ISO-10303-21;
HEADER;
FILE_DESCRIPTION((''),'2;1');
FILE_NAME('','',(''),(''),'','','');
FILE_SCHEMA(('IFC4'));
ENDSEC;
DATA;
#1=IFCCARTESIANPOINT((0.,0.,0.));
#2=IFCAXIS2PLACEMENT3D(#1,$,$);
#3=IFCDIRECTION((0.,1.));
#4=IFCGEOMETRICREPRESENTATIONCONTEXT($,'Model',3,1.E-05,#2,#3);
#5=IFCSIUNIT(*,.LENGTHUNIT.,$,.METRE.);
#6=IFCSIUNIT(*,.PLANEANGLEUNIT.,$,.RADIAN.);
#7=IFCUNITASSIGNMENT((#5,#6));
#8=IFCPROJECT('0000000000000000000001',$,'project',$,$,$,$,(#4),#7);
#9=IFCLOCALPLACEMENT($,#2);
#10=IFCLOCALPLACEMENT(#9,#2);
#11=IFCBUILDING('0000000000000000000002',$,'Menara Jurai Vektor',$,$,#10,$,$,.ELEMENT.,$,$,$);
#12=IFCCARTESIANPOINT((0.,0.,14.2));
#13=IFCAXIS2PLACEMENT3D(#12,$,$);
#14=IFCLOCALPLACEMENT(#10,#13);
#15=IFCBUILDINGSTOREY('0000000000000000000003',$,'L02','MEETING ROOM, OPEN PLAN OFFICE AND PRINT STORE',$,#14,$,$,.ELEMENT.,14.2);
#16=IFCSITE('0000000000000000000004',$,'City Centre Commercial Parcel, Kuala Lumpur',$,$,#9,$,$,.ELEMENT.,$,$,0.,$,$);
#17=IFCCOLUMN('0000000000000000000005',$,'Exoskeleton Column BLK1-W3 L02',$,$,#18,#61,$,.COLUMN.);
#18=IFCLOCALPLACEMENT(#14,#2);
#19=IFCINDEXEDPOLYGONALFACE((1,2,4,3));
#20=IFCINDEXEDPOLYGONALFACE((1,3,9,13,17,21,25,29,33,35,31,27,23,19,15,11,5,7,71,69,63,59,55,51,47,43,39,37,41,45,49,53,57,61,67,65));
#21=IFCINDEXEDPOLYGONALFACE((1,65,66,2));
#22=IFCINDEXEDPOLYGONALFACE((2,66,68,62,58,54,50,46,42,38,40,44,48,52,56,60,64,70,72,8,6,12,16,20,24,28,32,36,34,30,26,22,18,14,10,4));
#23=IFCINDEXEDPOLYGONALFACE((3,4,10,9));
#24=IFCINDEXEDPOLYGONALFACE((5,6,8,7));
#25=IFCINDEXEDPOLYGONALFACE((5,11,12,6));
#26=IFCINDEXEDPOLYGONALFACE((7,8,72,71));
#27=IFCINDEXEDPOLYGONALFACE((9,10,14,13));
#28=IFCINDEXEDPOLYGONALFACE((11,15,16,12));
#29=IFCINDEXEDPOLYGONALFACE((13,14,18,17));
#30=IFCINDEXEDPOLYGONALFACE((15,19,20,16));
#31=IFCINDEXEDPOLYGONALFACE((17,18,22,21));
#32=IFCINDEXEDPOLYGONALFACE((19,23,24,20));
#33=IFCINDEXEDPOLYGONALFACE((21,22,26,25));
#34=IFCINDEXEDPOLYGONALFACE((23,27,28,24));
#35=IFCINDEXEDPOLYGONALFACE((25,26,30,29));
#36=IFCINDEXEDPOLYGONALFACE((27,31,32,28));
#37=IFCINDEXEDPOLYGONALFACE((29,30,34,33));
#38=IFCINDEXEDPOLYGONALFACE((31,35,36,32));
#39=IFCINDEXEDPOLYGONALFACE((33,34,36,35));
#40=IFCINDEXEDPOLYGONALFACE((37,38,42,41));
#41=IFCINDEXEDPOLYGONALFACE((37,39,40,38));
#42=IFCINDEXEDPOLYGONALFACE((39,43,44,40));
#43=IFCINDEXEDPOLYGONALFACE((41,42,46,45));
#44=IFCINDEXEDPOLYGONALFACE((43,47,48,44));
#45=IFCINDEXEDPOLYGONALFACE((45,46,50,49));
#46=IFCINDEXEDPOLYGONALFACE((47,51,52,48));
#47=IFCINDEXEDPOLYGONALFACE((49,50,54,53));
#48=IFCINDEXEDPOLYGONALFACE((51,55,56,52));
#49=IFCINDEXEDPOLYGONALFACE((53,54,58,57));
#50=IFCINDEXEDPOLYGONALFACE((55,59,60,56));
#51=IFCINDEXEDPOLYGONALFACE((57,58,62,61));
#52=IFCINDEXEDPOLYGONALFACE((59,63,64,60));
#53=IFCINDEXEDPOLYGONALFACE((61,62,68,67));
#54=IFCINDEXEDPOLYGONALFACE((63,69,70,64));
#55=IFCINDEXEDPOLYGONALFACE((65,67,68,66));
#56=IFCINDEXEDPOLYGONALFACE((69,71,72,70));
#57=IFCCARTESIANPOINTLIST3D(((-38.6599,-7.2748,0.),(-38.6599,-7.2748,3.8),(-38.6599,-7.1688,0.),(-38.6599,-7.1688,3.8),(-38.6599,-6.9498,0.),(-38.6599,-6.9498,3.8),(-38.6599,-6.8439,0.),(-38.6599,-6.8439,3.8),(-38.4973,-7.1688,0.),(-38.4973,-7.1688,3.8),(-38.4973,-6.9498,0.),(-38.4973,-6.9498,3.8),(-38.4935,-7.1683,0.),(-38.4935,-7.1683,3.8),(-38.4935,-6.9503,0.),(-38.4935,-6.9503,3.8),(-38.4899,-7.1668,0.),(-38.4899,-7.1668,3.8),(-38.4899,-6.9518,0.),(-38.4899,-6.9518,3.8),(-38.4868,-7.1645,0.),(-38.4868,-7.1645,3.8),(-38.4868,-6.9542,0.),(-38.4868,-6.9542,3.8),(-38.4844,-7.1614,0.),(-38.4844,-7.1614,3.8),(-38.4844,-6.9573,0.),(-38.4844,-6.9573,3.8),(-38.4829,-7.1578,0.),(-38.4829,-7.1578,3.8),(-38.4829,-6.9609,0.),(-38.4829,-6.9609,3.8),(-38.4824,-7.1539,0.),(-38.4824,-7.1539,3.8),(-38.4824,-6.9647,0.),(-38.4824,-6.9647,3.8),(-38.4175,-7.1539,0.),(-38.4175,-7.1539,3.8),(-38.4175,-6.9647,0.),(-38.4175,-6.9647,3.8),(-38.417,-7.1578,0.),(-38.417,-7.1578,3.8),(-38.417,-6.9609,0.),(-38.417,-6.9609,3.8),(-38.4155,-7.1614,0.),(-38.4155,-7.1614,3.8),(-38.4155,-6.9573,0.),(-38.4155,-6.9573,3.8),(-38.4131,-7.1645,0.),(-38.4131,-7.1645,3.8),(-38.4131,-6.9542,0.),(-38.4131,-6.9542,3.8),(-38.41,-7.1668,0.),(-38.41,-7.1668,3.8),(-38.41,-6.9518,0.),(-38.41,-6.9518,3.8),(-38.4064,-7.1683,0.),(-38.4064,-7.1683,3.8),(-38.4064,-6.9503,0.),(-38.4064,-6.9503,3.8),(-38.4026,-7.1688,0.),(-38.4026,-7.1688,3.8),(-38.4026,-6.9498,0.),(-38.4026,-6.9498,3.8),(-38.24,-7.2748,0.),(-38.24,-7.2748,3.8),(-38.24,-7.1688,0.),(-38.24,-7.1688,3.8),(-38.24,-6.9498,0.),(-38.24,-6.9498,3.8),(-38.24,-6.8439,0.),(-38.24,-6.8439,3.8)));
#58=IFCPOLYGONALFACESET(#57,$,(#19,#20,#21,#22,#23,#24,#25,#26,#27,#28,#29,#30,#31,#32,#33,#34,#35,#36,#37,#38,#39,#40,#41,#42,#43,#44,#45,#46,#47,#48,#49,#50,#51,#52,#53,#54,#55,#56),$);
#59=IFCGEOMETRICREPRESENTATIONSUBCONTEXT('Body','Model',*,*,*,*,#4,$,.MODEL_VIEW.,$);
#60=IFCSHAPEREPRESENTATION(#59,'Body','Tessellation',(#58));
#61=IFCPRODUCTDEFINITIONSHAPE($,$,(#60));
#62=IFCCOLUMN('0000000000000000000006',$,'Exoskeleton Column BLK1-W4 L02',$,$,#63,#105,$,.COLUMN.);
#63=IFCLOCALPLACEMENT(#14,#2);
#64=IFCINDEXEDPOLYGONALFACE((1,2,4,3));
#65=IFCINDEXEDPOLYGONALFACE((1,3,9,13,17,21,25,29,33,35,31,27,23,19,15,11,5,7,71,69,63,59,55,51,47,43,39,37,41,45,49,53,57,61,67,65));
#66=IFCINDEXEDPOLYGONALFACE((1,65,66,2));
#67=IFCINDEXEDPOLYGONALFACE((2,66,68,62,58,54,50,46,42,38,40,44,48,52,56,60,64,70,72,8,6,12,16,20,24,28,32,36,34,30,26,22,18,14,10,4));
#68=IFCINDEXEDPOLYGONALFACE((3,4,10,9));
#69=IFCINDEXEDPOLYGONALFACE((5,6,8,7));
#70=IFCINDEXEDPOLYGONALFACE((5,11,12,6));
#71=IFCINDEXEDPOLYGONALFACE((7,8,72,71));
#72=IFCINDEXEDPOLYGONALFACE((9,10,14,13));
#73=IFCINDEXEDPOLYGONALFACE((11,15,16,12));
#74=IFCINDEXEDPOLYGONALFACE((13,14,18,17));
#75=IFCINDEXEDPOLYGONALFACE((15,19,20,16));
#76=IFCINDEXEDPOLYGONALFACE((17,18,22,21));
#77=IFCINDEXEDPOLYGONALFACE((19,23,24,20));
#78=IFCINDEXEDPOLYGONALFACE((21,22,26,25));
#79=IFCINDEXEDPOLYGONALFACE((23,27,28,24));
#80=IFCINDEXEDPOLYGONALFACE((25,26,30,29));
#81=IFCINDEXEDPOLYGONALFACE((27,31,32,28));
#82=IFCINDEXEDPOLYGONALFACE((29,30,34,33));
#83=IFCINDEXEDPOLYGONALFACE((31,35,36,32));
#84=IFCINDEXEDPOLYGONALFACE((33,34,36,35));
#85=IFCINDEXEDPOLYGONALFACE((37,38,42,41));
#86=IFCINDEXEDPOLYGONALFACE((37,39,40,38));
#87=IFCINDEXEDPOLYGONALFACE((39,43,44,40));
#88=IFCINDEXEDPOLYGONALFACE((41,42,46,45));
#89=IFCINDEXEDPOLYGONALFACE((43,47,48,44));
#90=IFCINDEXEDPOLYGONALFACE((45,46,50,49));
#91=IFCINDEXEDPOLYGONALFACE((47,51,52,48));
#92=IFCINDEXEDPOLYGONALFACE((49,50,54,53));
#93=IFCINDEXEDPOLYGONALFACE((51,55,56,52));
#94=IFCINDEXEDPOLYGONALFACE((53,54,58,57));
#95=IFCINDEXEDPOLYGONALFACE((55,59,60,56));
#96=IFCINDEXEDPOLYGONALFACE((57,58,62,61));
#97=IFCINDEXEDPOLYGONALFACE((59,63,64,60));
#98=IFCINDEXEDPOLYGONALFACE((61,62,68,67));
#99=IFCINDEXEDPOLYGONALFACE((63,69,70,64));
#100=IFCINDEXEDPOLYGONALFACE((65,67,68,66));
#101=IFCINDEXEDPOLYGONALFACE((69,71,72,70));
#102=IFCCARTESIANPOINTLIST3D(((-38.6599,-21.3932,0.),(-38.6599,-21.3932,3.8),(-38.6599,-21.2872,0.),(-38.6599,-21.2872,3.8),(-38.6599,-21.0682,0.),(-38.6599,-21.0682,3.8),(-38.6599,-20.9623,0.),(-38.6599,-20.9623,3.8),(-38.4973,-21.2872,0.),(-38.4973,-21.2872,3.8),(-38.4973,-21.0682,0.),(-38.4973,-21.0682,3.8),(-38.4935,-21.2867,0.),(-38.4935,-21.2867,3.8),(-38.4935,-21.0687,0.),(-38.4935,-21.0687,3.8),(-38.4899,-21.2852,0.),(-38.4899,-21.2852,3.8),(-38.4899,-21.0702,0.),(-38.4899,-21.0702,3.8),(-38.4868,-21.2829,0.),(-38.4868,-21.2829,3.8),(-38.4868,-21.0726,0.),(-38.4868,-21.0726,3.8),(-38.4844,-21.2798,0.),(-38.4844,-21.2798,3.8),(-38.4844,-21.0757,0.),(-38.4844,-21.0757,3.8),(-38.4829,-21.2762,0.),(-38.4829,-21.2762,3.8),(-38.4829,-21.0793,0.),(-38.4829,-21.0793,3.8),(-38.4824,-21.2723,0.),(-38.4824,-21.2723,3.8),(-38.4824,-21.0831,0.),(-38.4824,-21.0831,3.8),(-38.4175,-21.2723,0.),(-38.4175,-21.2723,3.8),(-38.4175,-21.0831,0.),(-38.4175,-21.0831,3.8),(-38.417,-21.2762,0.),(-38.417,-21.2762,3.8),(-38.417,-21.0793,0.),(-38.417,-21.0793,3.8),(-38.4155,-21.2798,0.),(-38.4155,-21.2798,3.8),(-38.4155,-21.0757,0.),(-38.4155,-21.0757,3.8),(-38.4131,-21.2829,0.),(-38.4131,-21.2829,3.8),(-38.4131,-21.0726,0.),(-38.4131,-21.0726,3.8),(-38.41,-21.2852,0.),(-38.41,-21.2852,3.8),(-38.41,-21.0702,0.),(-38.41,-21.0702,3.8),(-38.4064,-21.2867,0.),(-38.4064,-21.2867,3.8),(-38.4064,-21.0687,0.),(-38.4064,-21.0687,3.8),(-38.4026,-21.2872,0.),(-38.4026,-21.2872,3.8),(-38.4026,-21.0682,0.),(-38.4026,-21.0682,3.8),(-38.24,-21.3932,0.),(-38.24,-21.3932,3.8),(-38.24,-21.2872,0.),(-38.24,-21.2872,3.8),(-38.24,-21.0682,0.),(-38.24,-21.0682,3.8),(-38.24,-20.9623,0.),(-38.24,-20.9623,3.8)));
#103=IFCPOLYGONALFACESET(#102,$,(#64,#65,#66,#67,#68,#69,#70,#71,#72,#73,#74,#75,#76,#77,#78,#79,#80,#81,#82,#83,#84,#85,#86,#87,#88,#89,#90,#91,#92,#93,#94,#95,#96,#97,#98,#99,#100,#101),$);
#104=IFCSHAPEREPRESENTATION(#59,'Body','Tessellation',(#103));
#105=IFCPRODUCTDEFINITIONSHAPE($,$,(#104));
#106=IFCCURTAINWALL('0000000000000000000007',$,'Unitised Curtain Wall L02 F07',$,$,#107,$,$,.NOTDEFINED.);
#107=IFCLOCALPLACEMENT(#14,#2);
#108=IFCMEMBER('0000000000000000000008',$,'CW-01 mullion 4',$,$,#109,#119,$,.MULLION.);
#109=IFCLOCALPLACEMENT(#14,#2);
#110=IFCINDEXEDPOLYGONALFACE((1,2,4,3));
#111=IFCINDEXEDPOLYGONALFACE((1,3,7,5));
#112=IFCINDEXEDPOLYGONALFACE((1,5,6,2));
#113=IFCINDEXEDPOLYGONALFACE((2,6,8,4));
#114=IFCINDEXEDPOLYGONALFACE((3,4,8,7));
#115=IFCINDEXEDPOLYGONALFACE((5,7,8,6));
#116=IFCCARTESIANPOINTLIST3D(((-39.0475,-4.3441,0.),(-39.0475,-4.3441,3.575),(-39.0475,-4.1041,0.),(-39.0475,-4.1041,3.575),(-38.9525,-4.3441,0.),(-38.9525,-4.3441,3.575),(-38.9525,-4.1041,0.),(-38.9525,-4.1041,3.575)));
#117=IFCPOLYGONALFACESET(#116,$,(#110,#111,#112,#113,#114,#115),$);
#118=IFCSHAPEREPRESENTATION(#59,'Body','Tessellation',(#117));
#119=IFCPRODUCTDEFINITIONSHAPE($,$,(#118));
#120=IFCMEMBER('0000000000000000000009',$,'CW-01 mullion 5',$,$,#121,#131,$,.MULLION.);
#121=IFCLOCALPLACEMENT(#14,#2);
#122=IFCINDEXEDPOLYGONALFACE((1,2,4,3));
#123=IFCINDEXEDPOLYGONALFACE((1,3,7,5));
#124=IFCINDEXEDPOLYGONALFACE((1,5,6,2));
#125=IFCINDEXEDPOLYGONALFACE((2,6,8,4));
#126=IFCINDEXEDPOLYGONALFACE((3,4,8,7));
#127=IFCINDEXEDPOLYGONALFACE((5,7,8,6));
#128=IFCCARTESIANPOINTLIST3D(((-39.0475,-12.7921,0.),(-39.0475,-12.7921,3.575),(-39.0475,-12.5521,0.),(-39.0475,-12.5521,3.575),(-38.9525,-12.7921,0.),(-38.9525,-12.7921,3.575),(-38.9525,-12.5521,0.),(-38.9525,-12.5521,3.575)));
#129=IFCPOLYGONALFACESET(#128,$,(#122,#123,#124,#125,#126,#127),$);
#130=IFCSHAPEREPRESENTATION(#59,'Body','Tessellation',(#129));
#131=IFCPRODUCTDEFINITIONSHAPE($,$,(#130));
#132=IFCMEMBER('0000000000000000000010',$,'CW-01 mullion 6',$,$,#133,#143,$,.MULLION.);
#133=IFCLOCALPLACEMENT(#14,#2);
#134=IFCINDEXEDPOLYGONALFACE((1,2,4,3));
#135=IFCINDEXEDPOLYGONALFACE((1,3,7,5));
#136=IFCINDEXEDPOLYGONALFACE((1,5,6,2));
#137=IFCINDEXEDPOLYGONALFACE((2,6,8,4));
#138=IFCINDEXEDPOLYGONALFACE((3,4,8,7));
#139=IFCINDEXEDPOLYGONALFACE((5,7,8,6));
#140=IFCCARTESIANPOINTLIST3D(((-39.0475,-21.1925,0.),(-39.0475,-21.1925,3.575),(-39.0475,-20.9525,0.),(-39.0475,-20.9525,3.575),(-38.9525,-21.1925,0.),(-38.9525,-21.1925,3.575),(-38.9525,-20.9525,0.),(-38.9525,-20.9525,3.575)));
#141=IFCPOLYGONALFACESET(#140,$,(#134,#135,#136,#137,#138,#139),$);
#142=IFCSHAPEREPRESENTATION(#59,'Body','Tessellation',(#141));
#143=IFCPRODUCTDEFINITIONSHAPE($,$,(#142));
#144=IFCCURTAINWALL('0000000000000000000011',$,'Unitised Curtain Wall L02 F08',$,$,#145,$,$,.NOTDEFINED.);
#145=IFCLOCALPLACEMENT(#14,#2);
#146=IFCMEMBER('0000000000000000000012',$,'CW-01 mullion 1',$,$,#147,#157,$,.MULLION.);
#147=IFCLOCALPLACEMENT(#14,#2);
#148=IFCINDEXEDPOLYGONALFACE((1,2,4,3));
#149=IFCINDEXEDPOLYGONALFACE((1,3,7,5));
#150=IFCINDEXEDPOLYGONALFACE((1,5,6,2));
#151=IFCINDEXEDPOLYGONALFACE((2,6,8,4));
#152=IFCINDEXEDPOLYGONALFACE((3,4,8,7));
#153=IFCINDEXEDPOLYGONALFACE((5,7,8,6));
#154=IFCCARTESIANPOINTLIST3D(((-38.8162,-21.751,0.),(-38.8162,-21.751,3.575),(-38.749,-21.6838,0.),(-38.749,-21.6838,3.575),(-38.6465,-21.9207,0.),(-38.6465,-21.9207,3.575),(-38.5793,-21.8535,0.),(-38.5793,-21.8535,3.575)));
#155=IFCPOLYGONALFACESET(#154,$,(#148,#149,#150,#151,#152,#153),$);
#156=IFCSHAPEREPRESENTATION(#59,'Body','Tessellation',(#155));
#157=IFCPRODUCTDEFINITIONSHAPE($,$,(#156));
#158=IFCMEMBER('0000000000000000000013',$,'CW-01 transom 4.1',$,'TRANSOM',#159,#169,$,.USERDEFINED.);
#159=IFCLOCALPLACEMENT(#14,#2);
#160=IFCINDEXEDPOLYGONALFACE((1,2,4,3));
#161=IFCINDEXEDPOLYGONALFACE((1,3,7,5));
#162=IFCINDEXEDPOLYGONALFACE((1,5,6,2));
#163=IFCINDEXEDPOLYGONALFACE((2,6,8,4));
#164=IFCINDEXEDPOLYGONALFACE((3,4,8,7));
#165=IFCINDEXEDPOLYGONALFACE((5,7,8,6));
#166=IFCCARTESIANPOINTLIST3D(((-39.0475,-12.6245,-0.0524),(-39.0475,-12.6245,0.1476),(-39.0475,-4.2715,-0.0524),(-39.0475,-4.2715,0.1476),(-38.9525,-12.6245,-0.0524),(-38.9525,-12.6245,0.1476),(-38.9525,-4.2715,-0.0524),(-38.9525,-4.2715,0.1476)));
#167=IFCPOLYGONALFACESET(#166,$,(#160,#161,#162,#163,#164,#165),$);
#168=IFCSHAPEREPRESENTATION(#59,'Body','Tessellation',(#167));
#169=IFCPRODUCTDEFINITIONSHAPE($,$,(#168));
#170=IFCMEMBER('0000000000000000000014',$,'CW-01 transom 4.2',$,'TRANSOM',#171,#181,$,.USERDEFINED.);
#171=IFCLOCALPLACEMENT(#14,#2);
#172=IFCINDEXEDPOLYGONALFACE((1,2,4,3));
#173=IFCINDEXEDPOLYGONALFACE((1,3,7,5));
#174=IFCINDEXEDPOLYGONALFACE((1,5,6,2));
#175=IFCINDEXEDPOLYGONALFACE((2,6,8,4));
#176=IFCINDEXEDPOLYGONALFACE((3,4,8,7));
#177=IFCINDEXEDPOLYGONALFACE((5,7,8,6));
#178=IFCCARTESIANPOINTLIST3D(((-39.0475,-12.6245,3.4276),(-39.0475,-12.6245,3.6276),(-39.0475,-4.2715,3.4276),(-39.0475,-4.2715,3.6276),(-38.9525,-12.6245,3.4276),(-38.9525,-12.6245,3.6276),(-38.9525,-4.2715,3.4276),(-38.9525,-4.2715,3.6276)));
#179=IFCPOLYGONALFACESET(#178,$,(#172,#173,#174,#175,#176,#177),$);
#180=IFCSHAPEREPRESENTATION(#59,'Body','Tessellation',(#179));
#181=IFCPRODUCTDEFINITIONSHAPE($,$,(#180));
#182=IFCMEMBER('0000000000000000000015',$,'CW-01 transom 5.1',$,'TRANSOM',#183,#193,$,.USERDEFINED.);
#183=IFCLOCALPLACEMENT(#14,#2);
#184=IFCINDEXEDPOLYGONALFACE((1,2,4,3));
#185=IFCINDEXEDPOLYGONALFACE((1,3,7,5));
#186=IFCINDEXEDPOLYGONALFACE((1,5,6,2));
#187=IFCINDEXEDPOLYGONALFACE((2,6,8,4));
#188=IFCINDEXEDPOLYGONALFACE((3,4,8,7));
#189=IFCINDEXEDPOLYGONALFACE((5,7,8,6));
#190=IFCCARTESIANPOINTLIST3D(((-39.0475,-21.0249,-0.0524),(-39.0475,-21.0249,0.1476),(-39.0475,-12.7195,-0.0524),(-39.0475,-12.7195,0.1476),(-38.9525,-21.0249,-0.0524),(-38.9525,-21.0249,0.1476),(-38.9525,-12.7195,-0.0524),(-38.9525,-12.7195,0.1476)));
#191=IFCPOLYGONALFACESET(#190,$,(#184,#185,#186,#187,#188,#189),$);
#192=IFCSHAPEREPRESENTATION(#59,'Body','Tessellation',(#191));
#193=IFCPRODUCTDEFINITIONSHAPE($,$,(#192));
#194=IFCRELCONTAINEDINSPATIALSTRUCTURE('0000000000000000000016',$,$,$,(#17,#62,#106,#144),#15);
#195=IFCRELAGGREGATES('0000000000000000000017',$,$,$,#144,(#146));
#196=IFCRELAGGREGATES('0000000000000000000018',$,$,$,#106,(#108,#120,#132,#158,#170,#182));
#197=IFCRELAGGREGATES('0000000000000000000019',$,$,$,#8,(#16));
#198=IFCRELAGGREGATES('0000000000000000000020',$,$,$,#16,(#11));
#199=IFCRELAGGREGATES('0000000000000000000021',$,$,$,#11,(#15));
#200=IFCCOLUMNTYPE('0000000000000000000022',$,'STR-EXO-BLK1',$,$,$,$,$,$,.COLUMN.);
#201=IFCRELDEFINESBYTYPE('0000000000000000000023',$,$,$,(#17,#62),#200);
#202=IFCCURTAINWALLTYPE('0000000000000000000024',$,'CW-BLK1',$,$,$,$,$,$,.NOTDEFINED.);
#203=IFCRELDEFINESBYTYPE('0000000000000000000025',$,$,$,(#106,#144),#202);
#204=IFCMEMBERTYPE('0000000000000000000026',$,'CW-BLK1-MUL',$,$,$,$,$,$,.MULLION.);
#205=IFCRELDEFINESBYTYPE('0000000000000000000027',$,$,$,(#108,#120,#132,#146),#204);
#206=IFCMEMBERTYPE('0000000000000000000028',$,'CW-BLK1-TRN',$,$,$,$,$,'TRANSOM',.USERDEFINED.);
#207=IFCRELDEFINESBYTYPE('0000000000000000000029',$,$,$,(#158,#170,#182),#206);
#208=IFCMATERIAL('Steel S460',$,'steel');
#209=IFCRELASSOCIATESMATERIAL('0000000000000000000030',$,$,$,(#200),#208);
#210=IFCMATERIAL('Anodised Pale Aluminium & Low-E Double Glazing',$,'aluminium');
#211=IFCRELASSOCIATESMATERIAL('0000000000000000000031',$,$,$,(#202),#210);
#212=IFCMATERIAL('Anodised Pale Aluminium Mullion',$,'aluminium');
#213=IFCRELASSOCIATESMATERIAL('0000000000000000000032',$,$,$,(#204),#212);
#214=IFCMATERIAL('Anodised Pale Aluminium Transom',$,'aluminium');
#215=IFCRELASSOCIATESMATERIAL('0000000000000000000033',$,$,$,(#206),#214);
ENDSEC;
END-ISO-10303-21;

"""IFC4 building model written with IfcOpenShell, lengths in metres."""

from ifc_helpers import new_model, si_unit, direction, frame, origin, origin_2d, place, context, subcontext, project, spatial, rectangle, i_section, extrude, material, material_profile, profile_set, type_object, element, aggregate, save


model = new_model("IFC4")

# Units and contexts
model_context = context("Model", 3, precision=1e-05, world=origin(), true_north=direction((0.0, 1.0)))
body_context = subcontext(model_context, "Body", "Model", "MODEL_VIEW")
ifc_project = project(units=[si_unit("LENGTHUNIT", "METRE"), si_unit("PLANEANGLEUNIT", "RADIAN")], contexts=[model_context])

# Site, building, storey
site_placement = place(None, origin())
site = spatial("IfcSite", under=ifc_project, at=site_placement, Name="City Centre Commercial Parcel, Kuala Lumpur", CompositionType="ELEMENT", RefElevation=0.0)
building_placement = place(site_placement, origin())
building = spatial("IfcBuilding", under=site, at=building_placement, Name="Menara Jurai Vektor", CompositionType="ELEMENT")
storey_placement = place(building_placement, frame((0.0, 0.0, 14.2)))
storey = spatial("IfcBuildingStorey", under=building, at=storey_placement, Name="L02", Description="MEETING ROOM, OPEN PLAN OFFICE AND PRINT STORE", CompositionType="ELEMENT", Elevation=14.2)

# Columns
ifc_material_1 = material(Name="Steel S460", Category="steel")
ifc_material_profile_1 = material_profile(ifc_material_1, i_section(OverallWidth=0.4199, OverallDepth=0.4309, WebThickness=0.0649, FlangeThickness=0.106, FilletRadius=0.0149, at=origin_2d()), Name="HD 400x900")
ifc_profile_set_1 = profile_set([ifc_material_profile_1], Name="Steel S460")
column_type = type_object("IfcColumnType", Name="STR-EXO-BLK1", PredefinedType="COLUMN", material=ifc_profile_set_1)
for number, where, z_axis, x_axis, name in (
    (1, (-38.45, -7.0593, 0.0), (0.0, 0.0, 1.0), (1.0, 0.0, 0.0), "Exoskeleton Column BLK1-W3 L02"),
    (2, (-38.45, -21.1777, 0.0), (0.0, 0.0, 1.0), (1.0, 0.0, 0.0), "Exoskeleton Column BLK1-W4 L02"),
):
    element("IfcColumn", number, at=place(storey_placement, frame(where, z_axis=z_axis, x_axis=x_axis)), inside=storey, type_object=column_type, Name=name, PredefinedType="COLUMN", context=body_context, shape_type="SweptSolid", body=[
        extrude(i_section(OverallWidth=0.4199, OverallDepth=0.4309, WebThickness=0.0649, FlangeThickness=0.106, FilletRadius=0.0149, at=origin_2d()), origin(), (0.0, 0.0, 1.0), 3.8),
    ])

# Curtain wall, members
ifc_material_2 = material(Name="Anodised Pale Aluminium & Low-E Double Glazing", Category="aluminium")
curtain_wall_type = type_object("IfcCurtainWallType", Name="CW-BLK1", PredefinedType="NOTDEFINED", material=ifc_material_2)
curtain_wall_1_placement = place(storey_placement, origin())
curtain_wall_1 = element("IfcCurtainWall", 3, at=curtain_wall_1_placement, inside=storey, type_object=curtain_wall_type, Name="Unitised Curtain Wall L02 F07", PredefinedType="NOTDEFINED")
ifc_material_3 = material(Name="Anodised Pale Aluminium Mullion", Category="aluminium")
ifc_material_profile_2 = material_profile(ifc_material_3, rectangle(XDim=0.095, YDim=0.24, at=origin_2d()), Name="ALU MUL 95x240")
ifc_profile_set_2 = profile_set([ifc_material_profile_2], Name="Anodised Pale Aluminium Mullion")
member_type_1 = type_object("IfcMemberType", Name="CW-BLK1-MUL", PredefinedType="MULLION", material=ifc_profile_set_2)
member_1_placement = place(storey_placement, frame((-39.0, -4.2241, 0.0), z_axis=(0.0, 0.0, 1.0), x_axis=(1.0, 0.0, 0.0)))
member_1 = element("IfcMember", 4, at=member_1_placement, type_object=member_type_1, Name="CW-01 mullion 4", PredefinedType="MULLION", context=body_context, shape_type="SweptSolid", body=[
    extrude(rectangle(XDim=0.095, YDim=0.24, at=origin_2d()), origin(), (0.0, 0.0, 1.0), 3.575),
])
member_2_placement = place(storey_placement, frame((-39.0, -12.6721, 0.0), z_axis=(0.0, 0.0, 1.0), x_axis=(1.0, 0.0, 0.0)))
member_2 = element("IfcMember", 5, at=member_2_placement, type_object=member_type_1, Name="CW-01 mullion 5", PredefinedType="MULLION", context=body_context, shape_type="SweptSolid", body=[
    extrude(rectangle(XDim=0.095, YDim=0.24, at=origin_2d()), origin(), (0.0, 0.0, 1.0), 3.575),
])
member_3_placement = place(storey_placement, frame((-39.0, -21.0725, 0.0), z_axis=(0.0, 0.0, 1.0), x_axis=(1.0, 0.0, 0.0)))
member_3 = element("IfcMember", 6, at=member_3_placement, type_object=member_type_1, Name="CW-01 mullion 6", PredefinedType="MULLION", context=body_context, shape_type="SweptSolid", body=[
    extrude(rectangle(XDim=0.095, YDim=0.24, at=origin_2d()), origin(), (0.0, 0.0, 1.0), 3.575),
])

# Curtain wall, member
curtain_wall_2_placement = place(storey_placement, origin())
curtain_wall_2 = element("IfcCurtainWall", 7, at=curtain_wall_2_placement, inside=storey, type_object=curtain_wall_type, Name="Unitised Curtain Wall L02 F08", PredefinedType="NOTDEFINED")
member_4_placement = place(storey_placement, frame((-38.6978, -21.8022, 0.0), z_axis=(0.0, 0.0, 1.0), x_axis=(0.707107, 0.707107, 0.0)))
member_4 = element("IfcMember", 8, at=member_4_placement, type_object=member_type_1, Name="CW-01 mullion 1", PredefinedType="MULLION", context=body_context, shape_type="SweptSolid", body=[
    extrude(rectangle(XDim=0.095, YDim=0.24, at=origin_2d()), origin(), (0.0, 0.0, 1.0), 3.575),
])
aggregate(curtain_wall_2, [member_4])

# Members
ifc_material_4 = material(Name="Anodised Pale Aluminium Transom", Category="aluminium")
ifc_material_profile_3 = material_profile(ifc_material_4, rectangle(XDim=0.095, YDim=0.2, at=origin_2d()), Name="ALU TRN 95x200")
ifc_profile_set_3 = profile_set([ifc_material_profile_3], Name="Anodised Pale Aluminium Transom")
member_type_2 = type_object("IfcMemberType", Name="CW-BLK1-TRN", ElementType="TRANSOM", PredefinedType="USERDEFINED", material=ifc_profile_set_3)
member_5_placement = place(storey_placement, frame((-39.0, -4.2715, 0.0476), z_axis=(0.0, -1.0, 0.0), x_axis=(1.0, 0.0, 0.0)))
member_5 = element("IfcMember", 9, at=member_5_placement, type_object=member_type_2, Name="CW-01 transom 4.1", ObjectType="TRANSOM", PredefinedType="USERDEFINED", context=body_context, shape_type="SweptSolid", body=[
    extrude(rectangle(XDim=0.095, YDim=0.2, at=origin_2d()), origin(), (0.0, 0.0, 1.0), 8.353),
])
member_6_placement = place(storey_placement, frame((-39.0, -4.2715, 3.5276), z_axis=(0.0, -1.0, 0.0), x_axis=(1.0, 0.0, 0.0)))
member_6 = element("IfcMember", 10, at=member_6_placement, type_object=member_type_2, Name="CW-01 transom 4.2", ObjectType="TRANSOM", PredefinedType="USERDEFINED", context=body_context, shape_type="SweptSolid", body=[
    extrude(rectangle(XDim=0.095, YDim=0.2, at=origin_2d()), origin(), (0.0, 0.0, 1.0), 8.353),
])
member_7_placement = place(storey_placement, frame((-39.0, -12.7195, 0.0476), z_axis=(0.0, -1.0, 0.0), x_axis=(1.0, 0.0, 0.0)))
member_7 = element("IfcMember", 11, at=member_7_placement, type_object=member_type_2, Name="CW-01 transom 5.1", ObjectType="TRANSOM", PredefinedType="USERDEFINED", context=body_context, shape_type="SweptSolid", body=[
    extrude(rectangle(XDim=0.095, YDim=0.2, at=origin_2d()), origin(), (0.0, 0.0, 1.0), 8.3054),
])

aggregate(curtain_wall_1, [member_1, member_2, member_3, member_5, member_6, member_7])

save(model, "model.ifc")
